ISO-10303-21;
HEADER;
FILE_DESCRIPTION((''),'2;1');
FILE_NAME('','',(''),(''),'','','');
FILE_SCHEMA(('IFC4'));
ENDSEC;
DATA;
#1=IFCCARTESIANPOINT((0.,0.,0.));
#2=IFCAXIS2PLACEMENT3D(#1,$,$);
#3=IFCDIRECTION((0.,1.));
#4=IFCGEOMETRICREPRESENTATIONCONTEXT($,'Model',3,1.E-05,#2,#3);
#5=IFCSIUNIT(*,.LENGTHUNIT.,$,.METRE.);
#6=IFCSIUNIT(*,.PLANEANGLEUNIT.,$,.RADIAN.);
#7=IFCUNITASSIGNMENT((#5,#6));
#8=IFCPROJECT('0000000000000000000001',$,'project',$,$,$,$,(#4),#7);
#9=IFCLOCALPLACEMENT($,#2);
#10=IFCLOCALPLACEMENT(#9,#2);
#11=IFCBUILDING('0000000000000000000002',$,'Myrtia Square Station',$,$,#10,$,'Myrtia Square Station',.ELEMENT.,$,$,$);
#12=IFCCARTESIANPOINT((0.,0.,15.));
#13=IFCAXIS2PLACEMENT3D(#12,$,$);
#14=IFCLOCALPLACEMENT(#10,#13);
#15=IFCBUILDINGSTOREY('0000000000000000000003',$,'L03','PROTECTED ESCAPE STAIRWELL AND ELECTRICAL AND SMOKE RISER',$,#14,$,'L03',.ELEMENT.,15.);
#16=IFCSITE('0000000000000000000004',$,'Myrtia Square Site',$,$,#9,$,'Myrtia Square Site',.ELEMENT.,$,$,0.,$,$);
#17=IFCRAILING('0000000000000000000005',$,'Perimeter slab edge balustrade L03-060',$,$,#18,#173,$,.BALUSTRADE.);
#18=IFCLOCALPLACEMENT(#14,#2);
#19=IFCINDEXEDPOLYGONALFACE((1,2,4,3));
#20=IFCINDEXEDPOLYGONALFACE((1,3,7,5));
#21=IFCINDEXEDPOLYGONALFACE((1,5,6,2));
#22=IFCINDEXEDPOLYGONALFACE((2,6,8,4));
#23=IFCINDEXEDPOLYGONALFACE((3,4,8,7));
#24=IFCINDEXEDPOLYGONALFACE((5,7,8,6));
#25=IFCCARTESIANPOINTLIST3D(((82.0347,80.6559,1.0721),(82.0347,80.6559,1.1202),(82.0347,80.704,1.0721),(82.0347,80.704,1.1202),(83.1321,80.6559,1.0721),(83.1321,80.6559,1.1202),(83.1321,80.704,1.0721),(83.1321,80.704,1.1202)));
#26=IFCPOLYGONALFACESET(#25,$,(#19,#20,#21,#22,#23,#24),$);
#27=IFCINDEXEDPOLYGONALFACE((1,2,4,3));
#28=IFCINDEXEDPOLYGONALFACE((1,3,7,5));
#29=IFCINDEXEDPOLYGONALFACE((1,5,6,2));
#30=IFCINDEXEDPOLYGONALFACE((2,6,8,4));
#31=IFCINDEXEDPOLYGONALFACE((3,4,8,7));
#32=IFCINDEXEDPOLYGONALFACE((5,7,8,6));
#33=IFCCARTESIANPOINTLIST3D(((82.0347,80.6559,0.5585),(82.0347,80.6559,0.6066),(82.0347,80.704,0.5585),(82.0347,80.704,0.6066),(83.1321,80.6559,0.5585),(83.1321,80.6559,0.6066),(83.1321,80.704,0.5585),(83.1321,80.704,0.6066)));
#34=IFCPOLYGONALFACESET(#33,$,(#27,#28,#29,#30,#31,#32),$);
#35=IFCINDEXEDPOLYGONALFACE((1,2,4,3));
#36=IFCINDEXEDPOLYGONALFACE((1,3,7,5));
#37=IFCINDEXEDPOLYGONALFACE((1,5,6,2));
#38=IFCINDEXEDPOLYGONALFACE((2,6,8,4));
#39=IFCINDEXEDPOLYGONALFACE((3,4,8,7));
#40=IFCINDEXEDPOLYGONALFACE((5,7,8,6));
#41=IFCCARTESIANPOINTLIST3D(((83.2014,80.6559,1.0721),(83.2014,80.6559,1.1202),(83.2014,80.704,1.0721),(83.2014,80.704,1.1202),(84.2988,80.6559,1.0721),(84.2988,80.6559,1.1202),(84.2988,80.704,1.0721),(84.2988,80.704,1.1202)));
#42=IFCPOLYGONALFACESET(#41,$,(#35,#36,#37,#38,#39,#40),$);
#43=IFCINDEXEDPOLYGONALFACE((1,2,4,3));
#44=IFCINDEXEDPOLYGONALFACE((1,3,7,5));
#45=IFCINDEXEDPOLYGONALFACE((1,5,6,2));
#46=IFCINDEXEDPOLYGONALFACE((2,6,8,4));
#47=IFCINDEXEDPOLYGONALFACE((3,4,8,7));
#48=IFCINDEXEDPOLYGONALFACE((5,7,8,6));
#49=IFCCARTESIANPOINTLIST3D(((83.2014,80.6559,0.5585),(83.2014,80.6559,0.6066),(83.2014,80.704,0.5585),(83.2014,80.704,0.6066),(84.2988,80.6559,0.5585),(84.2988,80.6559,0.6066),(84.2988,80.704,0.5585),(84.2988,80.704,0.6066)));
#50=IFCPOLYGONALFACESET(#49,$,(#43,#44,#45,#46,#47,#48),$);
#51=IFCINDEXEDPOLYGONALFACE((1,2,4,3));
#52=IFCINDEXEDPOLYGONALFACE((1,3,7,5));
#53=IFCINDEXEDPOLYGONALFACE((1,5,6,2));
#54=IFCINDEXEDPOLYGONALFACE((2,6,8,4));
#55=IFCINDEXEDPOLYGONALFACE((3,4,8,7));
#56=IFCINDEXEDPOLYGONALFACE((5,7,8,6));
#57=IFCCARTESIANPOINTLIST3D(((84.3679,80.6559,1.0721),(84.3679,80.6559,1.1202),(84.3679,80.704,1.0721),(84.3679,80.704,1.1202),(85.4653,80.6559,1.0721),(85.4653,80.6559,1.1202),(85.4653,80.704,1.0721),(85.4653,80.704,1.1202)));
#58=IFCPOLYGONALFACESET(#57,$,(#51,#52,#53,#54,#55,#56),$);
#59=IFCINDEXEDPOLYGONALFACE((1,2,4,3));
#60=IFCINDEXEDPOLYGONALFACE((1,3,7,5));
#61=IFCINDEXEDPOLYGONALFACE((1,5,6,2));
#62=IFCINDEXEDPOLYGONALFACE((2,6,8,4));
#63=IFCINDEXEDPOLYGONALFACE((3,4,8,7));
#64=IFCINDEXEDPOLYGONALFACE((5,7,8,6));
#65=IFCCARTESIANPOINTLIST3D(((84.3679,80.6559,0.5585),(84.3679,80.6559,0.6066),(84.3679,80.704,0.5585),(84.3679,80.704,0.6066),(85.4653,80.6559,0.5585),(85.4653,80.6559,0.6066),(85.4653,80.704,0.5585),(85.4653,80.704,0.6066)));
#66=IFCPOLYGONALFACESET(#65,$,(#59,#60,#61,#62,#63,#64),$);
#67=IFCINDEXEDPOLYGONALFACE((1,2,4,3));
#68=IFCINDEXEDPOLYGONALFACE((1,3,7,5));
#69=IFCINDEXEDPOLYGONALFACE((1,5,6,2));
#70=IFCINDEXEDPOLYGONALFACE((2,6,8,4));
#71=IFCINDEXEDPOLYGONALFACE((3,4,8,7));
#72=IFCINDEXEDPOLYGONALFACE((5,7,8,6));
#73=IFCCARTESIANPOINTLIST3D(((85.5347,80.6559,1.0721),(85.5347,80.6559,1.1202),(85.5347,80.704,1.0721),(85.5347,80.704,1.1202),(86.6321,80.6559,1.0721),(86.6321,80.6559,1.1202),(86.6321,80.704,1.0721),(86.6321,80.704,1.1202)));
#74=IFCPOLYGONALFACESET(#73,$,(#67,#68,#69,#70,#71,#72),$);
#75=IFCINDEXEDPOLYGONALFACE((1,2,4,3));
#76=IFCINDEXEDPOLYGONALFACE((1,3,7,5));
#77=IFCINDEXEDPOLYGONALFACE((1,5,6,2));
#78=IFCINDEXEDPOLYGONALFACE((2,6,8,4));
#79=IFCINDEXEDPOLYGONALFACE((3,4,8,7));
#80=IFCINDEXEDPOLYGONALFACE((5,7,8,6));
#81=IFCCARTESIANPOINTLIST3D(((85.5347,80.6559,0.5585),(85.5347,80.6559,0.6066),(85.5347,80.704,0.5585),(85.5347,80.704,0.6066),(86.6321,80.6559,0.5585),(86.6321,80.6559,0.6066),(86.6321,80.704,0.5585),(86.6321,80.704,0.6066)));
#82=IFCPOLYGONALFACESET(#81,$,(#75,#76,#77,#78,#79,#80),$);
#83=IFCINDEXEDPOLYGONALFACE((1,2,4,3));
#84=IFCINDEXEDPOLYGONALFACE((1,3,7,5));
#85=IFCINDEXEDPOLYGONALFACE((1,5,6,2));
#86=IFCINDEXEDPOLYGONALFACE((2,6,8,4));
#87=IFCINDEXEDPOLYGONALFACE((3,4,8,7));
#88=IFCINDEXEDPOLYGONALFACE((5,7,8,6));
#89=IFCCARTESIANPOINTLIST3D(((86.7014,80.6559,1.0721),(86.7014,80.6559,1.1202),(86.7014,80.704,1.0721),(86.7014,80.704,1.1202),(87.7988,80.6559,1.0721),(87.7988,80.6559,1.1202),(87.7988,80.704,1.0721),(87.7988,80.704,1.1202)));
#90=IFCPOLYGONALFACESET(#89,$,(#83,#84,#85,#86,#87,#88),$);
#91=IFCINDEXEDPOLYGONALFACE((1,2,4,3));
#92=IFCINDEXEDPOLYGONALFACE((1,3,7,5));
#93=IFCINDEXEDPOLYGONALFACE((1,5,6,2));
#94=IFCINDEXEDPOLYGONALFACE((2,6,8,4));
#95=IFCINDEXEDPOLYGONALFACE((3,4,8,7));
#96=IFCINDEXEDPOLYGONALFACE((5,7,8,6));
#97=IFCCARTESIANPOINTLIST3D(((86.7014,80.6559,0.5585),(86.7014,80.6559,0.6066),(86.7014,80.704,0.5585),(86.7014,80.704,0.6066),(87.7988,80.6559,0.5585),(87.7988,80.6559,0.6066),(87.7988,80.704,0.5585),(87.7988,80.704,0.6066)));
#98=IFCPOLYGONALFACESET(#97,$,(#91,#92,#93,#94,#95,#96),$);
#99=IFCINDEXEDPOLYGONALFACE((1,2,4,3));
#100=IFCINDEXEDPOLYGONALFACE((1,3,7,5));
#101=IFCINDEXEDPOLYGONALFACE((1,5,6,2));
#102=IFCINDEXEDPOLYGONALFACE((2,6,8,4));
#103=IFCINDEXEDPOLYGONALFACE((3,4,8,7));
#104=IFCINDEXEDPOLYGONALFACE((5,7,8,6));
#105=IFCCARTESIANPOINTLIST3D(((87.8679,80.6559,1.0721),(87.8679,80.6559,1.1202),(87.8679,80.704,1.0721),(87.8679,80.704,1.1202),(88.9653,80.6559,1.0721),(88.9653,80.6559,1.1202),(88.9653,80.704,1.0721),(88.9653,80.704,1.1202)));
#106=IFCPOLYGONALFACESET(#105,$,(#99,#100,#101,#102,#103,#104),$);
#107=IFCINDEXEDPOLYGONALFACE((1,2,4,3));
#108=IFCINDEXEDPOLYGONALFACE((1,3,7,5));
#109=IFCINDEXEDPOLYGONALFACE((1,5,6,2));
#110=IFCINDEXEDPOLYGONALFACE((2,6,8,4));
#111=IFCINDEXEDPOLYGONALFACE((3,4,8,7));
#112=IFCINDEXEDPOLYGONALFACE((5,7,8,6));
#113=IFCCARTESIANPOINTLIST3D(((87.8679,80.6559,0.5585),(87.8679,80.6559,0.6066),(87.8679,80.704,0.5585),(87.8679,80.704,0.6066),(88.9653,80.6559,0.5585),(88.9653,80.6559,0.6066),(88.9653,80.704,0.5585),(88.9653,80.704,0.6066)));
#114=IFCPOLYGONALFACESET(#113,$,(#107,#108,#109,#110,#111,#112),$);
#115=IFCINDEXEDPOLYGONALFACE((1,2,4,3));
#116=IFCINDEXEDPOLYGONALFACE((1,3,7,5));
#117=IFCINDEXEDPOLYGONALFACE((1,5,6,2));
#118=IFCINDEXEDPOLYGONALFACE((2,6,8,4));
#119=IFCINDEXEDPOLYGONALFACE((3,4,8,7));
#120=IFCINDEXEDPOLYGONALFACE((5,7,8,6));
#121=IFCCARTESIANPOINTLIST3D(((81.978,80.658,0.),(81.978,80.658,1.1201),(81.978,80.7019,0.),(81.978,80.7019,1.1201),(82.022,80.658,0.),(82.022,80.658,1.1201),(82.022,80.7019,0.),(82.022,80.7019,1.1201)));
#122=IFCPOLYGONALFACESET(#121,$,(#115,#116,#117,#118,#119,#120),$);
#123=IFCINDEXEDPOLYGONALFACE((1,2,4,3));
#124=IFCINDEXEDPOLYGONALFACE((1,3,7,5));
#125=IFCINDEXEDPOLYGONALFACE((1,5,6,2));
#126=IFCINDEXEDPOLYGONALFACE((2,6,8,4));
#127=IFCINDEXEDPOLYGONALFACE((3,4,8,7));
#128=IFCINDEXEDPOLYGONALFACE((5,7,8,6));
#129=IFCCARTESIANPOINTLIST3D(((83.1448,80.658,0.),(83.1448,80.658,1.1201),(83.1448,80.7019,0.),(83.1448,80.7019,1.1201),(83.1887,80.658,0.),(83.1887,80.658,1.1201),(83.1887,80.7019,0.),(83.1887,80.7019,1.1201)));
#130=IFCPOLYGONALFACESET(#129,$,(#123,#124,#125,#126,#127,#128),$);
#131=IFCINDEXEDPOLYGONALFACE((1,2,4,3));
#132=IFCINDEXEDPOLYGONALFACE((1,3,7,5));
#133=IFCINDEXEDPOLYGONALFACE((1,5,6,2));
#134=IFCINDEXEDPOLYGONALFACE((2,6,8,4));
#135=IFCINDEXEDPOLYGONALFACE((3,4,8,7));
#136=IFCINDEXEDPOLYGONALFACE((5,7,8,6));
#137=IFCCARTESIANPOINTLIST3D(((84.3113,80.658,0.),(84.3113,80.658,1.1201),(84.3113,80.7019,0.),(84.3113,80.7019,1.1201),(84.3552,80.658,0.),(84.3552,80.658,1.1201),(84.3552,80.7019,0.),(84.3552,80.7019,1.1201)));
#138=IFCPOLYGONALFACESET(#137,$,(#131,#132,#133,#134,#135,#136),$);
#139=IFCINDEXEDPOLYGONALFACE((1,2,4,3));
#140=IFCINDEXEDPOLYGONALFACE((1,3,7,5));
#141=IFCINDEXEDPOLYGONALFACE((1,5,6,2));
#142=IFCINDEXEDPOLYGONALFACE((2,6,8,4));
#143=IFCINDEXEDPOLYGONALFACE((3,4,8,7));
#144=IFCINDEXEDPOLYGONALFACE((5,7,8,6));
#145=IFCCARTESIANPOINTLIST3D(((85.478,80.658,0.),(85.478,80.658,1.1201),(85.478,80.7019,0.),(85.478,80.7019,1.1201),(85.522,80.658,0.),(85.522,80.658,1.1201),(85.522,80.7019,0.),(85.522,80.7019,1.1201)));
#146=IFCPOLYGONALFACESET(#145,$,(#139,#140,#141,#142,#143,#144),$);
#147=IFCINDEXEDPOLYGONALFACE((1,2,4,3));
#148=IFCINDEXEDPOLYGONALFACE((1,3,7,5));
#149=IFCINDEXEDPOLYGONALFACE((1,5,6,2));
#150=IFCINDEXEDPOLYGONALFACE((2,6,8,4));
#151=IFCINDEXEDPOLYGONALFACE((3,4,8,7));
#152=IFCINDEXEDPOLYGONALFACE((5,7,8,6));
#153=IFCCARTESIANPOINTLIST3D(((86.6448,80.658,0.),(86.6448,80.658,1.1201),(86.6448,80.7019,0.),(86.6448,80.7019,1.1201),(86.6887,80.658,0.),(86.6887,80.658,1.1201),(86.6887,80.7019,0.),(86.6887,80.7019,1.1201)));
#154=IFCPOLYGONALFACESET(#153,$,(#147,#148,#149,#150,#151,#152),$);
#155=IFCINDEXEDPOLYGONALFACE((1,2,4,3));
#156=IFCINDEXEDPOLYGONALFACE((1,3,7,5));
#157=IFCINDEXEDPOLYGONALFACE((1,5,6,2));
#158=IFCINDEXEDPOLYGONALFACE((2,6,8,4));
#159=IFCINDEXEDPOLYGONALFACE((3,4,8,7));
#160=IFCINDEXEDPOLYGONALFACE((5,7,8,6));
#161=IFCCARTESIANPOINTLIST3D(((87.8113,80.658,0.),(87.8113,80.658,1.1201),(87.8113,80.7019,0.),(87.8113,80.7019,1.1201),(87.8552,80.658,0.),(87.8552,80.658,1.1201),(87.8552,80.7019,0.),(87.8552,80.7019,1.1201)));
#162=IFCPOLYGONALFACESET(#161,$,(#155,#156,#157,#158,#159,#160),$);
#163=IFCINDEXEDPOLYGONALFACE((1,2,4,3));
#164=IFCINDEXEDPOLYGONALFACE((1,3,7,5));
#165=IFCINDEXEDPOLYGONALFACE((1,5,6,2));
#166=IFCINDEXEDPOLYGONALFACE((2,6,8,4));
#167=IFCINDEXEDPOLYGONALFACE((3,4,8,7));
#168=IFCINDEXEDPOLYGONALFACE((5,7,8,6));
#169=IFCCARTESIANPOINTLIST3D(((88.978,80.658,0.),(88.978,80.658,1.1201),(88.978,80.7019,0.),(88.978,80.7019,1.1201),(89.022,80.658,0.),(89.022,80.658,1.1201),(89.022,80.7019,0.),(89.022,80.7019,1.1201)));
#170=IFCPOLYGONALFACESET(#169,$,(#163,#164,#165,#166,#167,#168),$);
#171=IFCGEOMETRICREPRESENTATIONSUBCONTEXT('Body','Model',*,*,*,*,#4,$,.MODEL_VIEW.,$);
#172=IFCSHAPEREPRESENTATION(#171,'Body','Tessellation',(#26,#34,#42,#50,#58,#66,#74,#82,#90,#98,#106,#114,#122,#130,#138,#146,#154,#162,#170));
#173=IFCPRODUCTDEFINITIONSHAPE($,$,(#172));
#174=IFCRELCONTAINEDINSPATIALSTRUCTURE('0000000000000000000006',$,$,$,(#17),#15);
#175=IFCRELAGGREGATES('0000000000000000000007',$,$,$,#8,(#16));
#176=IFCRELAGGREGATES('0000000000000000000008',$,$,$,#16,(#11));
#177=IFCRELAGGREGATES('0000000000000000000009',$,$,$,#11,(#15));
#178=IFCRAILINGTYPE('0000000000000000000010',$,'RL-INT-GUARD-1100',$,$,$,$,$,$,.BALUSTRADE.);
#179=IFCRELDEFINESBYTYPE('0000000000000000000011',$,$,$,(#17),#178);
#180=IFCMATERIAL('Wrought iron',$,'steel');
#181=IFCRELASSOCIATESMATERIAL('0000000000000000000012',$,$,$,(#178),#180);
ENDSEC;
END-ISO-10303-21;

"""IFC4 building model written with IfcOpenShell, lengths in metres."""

from ifc_helpers import new_model, si_unit, direction, frame, origin, origin_2d, place, context, subcontext, project, spatial, rectangle, extrude, material, type_object, element, save


model = new_model("IFC4")

# Units and contexts
model_context = context("Model", 3, precision=1e-05, world=origin(), true_north=direction((0.0, 1.0)))
body_context = subcontext(model_context, "Body", "Model", "MODEL_VIEW")
ifc_project = project(units=[si_unit("LENGTHUNIT", "METRE"), si_unit("PLANEANGLEUNIT", "RADIAN")], contexts=[model_context])

# Site, building, storey
site_placement = place(None, origin())
site = spatial("IfcSite", under=ifc_project, at=site_placement, Name="Myrtia Square Site", LongName="Myrtia Square Site", CompositionType="ELEMENT", RefElevation=0.0)
building_placement = place(site_placement, origin())
building = spatial("IfcBuilding", under=site, at=building_placement, Name="Myrtia Square Station", LongName="Myrtia Square Station", CompositionType="ELEMENT")
storey_placement = place(building_placement, frame((0.0, 0.0, 15.0)))
storey = spatial("IfcBuildingStorey", under=building, at=storey_placement, Name="L03", Description="PROTECTED ESCAPE STAIRWELL AND ELECTRICAL AND SMOKE RISER", LongName="L03", CompositionType="ELEMENT", Elevation=15.0)

# Railing
ifc_material_1 = material(Name="Wrought iron", Category="steel")
railing_type = type_object("IfcRailingType", Name="RL-INT-GUARD-1100", PredefinedType="BALUSTRADE", material=ifc_material_1)
railing_1_placement = place(storey_placement, frame((82.0, 80.6799, 0.0)))
element("IfcRailing", 1, at=railing_1_placement, inside=storey, type_object=railing_type, Name="Perimeter slab edge balustrade L03-060", PredefinedType="BALUSTRADE", context=body_context, shape_type="SweptSolid", body=[
    extrude(rectangle(XDim=0.0481, YDim=0.0481, at=origin_2d()), frame((0.0347, 0.0, 1.0962), z_axis=(1.0, 0.0, 0.0), x_axis=(0.0, 1.0, 0.0)), (0.0, 0.0, 1.0), 1.0974),
    extrude(rectangle(XDim=0.0481, YDim=0.0481, at=origin_2d()), frame((0.0347, 0.0, 0.5825), z_axis=(1.0, 0.0, 0.0), x_axis=(0.0, 1.0, 0.0)), (0.0, 0.0, 1.0), 1.0974),
    extrude(rectangle(XDim=0.0481, YDim=0.0481, at=origin_2d()), frame((1.2014, 0.0, 1.0962), z_axis=(1.0, 0.0, 0.0), x_axis=(0.0, 1.0, 0.0)), (0.0, 0.0, 1.0), 1.0974),
    extrude(rectangle(XDim=0.0481, YDim=0.0481, at=origin_2d()), frame((1.2014, 0.0, 0.5825), z_axis=(1.0, 0.0, 0.0), x_axis=(0.0, 1.0, 0.0)), (0.0, 0.0, 1.0), 1.0974),
    extrude(rectangle(XDim=0.0481, YDim=0.0481, at=origin_2d()), frame((2.3679, 0.0, 1.0962), z_axis=(1.0, 0.0, 0.0), x_axis=(0.0, 1.0, 0.0)), (0.0, 0.0, 1.0), 1.0974),
    extrude(rectangle(XDim=0.0481, YDim=0.0481, at=origin_2d()), frame((2.3679, 0.0, 0.5825), z_axis=(1.0, 0.0, 0.0), x_axis=(0.0, 1.0, 0.0)), (0.0, 0.0, 1.0), 1.0974),
    extrude(rectangle(XDim=0.0481, YDim=0.0481, at=origin_2d()), frame((3.5347, 0.0, 1.0962), z_axis=(1.0, 0.0, 0.0), x_axis=(0.0, 1.0, 0.0)), (0.0, 0.0, 1.0), 1.0974),
    extrude(rectangle(XDim=0.0481, YDim=0.0481, at=origin_2d()), frame((3.5347, 0.0, 0.5825), z_axis=(1.0, 0.0, 0.0), x_axis=(0.0, 1.0, 0.0)), (0.0, 0.0, 1.0), 1.0974),
    extrude(rectangle(XDim=0.0481, YDim=0.0481, at=origin_2d()), frame((4.7014, 0.0, 1.0962), z_axis=(1.0, 0.0, 0.0), x_axis=(0.0, 1.0, 0.0)), (0.0, 0.0, 1.0), 1.0974),
    extrude(rectangle(XDim=0.0481, YDim=0.0481, at=origin_2d()), frame((4.7014, 0.0, 0.5825), z_axis=(1.0, 0.0, 0.0), x_axis=(0.0, 1.0, 0.0)), (0.0, 0.0, 1.0), 1.0974),
    extrude(rectangle(XDim=0.0481, YDim=0.0481, at=origin_2d()), frame((5.8679, 0.0, 1.0962), z_axis=(1.0, 0.0, 0.0), x_axis=(0.0, 1.0, 0.0)), (0.0, 0.0, 1.0), 1.0974),
    extrude(rectangle(XDim=0.0481, YDim=0.0481, at=origin_2d()), frame((5.8679, 0.0, 0.5825), z_axis=(1.0, 0.0, 0.0), x_axis=(0.0, 1.0, 0.0)), (0.0, 0.0, 1.0), 1.0974),
    extrude(rectangle(XDim=0.0439, YDim=0.0439, at=origin_2d()), origin(), (0.0, 0.0, 1.0), 1.1201),
    extrude(rectangle(XDim=0.0439, YDim=0.0439, at=origin_2d()), frame((1.1667, 0.0, 0.0)), (0.0, 0.0, 1.0), 1.1201),
    extrude(rectangle(XDim=0.0439, YDim=0.0439, at=origin_2d()), frame((2.3333, 0.0, 0.0)), (0.0, 0.0, 1.0), 1.1201),
    extrude(rectangle(XDim=0.0439, YDim=0.0439, at=origin_2d()), frame((3.5, 0.0, 0.0)), (0.0, 0.0, 1.0), 1.1201),
    extrude(rectangle(XDim=0.0439, YDim=0.0439, at=origin_2d()), frame((4.6667, 0.0, 0.0)), (0.0, 0.0, 1.0), 1.1201),
    extrude(rectangle(XDim=0.0439, YDim=0.0439, at=origin_2d()), frame((5.8333, 0.0, 0.0)), (0.0, 0.0, 1.0), 1.1201),
    extrude(rectangle(XDim=0.0439, YDim=0.0439, at=origin_2d()), frame((7.0, 0.0, 0.0)), (0.0, 0.0, 1.0), 1.1201),
])

save(model, "model.ifc")
